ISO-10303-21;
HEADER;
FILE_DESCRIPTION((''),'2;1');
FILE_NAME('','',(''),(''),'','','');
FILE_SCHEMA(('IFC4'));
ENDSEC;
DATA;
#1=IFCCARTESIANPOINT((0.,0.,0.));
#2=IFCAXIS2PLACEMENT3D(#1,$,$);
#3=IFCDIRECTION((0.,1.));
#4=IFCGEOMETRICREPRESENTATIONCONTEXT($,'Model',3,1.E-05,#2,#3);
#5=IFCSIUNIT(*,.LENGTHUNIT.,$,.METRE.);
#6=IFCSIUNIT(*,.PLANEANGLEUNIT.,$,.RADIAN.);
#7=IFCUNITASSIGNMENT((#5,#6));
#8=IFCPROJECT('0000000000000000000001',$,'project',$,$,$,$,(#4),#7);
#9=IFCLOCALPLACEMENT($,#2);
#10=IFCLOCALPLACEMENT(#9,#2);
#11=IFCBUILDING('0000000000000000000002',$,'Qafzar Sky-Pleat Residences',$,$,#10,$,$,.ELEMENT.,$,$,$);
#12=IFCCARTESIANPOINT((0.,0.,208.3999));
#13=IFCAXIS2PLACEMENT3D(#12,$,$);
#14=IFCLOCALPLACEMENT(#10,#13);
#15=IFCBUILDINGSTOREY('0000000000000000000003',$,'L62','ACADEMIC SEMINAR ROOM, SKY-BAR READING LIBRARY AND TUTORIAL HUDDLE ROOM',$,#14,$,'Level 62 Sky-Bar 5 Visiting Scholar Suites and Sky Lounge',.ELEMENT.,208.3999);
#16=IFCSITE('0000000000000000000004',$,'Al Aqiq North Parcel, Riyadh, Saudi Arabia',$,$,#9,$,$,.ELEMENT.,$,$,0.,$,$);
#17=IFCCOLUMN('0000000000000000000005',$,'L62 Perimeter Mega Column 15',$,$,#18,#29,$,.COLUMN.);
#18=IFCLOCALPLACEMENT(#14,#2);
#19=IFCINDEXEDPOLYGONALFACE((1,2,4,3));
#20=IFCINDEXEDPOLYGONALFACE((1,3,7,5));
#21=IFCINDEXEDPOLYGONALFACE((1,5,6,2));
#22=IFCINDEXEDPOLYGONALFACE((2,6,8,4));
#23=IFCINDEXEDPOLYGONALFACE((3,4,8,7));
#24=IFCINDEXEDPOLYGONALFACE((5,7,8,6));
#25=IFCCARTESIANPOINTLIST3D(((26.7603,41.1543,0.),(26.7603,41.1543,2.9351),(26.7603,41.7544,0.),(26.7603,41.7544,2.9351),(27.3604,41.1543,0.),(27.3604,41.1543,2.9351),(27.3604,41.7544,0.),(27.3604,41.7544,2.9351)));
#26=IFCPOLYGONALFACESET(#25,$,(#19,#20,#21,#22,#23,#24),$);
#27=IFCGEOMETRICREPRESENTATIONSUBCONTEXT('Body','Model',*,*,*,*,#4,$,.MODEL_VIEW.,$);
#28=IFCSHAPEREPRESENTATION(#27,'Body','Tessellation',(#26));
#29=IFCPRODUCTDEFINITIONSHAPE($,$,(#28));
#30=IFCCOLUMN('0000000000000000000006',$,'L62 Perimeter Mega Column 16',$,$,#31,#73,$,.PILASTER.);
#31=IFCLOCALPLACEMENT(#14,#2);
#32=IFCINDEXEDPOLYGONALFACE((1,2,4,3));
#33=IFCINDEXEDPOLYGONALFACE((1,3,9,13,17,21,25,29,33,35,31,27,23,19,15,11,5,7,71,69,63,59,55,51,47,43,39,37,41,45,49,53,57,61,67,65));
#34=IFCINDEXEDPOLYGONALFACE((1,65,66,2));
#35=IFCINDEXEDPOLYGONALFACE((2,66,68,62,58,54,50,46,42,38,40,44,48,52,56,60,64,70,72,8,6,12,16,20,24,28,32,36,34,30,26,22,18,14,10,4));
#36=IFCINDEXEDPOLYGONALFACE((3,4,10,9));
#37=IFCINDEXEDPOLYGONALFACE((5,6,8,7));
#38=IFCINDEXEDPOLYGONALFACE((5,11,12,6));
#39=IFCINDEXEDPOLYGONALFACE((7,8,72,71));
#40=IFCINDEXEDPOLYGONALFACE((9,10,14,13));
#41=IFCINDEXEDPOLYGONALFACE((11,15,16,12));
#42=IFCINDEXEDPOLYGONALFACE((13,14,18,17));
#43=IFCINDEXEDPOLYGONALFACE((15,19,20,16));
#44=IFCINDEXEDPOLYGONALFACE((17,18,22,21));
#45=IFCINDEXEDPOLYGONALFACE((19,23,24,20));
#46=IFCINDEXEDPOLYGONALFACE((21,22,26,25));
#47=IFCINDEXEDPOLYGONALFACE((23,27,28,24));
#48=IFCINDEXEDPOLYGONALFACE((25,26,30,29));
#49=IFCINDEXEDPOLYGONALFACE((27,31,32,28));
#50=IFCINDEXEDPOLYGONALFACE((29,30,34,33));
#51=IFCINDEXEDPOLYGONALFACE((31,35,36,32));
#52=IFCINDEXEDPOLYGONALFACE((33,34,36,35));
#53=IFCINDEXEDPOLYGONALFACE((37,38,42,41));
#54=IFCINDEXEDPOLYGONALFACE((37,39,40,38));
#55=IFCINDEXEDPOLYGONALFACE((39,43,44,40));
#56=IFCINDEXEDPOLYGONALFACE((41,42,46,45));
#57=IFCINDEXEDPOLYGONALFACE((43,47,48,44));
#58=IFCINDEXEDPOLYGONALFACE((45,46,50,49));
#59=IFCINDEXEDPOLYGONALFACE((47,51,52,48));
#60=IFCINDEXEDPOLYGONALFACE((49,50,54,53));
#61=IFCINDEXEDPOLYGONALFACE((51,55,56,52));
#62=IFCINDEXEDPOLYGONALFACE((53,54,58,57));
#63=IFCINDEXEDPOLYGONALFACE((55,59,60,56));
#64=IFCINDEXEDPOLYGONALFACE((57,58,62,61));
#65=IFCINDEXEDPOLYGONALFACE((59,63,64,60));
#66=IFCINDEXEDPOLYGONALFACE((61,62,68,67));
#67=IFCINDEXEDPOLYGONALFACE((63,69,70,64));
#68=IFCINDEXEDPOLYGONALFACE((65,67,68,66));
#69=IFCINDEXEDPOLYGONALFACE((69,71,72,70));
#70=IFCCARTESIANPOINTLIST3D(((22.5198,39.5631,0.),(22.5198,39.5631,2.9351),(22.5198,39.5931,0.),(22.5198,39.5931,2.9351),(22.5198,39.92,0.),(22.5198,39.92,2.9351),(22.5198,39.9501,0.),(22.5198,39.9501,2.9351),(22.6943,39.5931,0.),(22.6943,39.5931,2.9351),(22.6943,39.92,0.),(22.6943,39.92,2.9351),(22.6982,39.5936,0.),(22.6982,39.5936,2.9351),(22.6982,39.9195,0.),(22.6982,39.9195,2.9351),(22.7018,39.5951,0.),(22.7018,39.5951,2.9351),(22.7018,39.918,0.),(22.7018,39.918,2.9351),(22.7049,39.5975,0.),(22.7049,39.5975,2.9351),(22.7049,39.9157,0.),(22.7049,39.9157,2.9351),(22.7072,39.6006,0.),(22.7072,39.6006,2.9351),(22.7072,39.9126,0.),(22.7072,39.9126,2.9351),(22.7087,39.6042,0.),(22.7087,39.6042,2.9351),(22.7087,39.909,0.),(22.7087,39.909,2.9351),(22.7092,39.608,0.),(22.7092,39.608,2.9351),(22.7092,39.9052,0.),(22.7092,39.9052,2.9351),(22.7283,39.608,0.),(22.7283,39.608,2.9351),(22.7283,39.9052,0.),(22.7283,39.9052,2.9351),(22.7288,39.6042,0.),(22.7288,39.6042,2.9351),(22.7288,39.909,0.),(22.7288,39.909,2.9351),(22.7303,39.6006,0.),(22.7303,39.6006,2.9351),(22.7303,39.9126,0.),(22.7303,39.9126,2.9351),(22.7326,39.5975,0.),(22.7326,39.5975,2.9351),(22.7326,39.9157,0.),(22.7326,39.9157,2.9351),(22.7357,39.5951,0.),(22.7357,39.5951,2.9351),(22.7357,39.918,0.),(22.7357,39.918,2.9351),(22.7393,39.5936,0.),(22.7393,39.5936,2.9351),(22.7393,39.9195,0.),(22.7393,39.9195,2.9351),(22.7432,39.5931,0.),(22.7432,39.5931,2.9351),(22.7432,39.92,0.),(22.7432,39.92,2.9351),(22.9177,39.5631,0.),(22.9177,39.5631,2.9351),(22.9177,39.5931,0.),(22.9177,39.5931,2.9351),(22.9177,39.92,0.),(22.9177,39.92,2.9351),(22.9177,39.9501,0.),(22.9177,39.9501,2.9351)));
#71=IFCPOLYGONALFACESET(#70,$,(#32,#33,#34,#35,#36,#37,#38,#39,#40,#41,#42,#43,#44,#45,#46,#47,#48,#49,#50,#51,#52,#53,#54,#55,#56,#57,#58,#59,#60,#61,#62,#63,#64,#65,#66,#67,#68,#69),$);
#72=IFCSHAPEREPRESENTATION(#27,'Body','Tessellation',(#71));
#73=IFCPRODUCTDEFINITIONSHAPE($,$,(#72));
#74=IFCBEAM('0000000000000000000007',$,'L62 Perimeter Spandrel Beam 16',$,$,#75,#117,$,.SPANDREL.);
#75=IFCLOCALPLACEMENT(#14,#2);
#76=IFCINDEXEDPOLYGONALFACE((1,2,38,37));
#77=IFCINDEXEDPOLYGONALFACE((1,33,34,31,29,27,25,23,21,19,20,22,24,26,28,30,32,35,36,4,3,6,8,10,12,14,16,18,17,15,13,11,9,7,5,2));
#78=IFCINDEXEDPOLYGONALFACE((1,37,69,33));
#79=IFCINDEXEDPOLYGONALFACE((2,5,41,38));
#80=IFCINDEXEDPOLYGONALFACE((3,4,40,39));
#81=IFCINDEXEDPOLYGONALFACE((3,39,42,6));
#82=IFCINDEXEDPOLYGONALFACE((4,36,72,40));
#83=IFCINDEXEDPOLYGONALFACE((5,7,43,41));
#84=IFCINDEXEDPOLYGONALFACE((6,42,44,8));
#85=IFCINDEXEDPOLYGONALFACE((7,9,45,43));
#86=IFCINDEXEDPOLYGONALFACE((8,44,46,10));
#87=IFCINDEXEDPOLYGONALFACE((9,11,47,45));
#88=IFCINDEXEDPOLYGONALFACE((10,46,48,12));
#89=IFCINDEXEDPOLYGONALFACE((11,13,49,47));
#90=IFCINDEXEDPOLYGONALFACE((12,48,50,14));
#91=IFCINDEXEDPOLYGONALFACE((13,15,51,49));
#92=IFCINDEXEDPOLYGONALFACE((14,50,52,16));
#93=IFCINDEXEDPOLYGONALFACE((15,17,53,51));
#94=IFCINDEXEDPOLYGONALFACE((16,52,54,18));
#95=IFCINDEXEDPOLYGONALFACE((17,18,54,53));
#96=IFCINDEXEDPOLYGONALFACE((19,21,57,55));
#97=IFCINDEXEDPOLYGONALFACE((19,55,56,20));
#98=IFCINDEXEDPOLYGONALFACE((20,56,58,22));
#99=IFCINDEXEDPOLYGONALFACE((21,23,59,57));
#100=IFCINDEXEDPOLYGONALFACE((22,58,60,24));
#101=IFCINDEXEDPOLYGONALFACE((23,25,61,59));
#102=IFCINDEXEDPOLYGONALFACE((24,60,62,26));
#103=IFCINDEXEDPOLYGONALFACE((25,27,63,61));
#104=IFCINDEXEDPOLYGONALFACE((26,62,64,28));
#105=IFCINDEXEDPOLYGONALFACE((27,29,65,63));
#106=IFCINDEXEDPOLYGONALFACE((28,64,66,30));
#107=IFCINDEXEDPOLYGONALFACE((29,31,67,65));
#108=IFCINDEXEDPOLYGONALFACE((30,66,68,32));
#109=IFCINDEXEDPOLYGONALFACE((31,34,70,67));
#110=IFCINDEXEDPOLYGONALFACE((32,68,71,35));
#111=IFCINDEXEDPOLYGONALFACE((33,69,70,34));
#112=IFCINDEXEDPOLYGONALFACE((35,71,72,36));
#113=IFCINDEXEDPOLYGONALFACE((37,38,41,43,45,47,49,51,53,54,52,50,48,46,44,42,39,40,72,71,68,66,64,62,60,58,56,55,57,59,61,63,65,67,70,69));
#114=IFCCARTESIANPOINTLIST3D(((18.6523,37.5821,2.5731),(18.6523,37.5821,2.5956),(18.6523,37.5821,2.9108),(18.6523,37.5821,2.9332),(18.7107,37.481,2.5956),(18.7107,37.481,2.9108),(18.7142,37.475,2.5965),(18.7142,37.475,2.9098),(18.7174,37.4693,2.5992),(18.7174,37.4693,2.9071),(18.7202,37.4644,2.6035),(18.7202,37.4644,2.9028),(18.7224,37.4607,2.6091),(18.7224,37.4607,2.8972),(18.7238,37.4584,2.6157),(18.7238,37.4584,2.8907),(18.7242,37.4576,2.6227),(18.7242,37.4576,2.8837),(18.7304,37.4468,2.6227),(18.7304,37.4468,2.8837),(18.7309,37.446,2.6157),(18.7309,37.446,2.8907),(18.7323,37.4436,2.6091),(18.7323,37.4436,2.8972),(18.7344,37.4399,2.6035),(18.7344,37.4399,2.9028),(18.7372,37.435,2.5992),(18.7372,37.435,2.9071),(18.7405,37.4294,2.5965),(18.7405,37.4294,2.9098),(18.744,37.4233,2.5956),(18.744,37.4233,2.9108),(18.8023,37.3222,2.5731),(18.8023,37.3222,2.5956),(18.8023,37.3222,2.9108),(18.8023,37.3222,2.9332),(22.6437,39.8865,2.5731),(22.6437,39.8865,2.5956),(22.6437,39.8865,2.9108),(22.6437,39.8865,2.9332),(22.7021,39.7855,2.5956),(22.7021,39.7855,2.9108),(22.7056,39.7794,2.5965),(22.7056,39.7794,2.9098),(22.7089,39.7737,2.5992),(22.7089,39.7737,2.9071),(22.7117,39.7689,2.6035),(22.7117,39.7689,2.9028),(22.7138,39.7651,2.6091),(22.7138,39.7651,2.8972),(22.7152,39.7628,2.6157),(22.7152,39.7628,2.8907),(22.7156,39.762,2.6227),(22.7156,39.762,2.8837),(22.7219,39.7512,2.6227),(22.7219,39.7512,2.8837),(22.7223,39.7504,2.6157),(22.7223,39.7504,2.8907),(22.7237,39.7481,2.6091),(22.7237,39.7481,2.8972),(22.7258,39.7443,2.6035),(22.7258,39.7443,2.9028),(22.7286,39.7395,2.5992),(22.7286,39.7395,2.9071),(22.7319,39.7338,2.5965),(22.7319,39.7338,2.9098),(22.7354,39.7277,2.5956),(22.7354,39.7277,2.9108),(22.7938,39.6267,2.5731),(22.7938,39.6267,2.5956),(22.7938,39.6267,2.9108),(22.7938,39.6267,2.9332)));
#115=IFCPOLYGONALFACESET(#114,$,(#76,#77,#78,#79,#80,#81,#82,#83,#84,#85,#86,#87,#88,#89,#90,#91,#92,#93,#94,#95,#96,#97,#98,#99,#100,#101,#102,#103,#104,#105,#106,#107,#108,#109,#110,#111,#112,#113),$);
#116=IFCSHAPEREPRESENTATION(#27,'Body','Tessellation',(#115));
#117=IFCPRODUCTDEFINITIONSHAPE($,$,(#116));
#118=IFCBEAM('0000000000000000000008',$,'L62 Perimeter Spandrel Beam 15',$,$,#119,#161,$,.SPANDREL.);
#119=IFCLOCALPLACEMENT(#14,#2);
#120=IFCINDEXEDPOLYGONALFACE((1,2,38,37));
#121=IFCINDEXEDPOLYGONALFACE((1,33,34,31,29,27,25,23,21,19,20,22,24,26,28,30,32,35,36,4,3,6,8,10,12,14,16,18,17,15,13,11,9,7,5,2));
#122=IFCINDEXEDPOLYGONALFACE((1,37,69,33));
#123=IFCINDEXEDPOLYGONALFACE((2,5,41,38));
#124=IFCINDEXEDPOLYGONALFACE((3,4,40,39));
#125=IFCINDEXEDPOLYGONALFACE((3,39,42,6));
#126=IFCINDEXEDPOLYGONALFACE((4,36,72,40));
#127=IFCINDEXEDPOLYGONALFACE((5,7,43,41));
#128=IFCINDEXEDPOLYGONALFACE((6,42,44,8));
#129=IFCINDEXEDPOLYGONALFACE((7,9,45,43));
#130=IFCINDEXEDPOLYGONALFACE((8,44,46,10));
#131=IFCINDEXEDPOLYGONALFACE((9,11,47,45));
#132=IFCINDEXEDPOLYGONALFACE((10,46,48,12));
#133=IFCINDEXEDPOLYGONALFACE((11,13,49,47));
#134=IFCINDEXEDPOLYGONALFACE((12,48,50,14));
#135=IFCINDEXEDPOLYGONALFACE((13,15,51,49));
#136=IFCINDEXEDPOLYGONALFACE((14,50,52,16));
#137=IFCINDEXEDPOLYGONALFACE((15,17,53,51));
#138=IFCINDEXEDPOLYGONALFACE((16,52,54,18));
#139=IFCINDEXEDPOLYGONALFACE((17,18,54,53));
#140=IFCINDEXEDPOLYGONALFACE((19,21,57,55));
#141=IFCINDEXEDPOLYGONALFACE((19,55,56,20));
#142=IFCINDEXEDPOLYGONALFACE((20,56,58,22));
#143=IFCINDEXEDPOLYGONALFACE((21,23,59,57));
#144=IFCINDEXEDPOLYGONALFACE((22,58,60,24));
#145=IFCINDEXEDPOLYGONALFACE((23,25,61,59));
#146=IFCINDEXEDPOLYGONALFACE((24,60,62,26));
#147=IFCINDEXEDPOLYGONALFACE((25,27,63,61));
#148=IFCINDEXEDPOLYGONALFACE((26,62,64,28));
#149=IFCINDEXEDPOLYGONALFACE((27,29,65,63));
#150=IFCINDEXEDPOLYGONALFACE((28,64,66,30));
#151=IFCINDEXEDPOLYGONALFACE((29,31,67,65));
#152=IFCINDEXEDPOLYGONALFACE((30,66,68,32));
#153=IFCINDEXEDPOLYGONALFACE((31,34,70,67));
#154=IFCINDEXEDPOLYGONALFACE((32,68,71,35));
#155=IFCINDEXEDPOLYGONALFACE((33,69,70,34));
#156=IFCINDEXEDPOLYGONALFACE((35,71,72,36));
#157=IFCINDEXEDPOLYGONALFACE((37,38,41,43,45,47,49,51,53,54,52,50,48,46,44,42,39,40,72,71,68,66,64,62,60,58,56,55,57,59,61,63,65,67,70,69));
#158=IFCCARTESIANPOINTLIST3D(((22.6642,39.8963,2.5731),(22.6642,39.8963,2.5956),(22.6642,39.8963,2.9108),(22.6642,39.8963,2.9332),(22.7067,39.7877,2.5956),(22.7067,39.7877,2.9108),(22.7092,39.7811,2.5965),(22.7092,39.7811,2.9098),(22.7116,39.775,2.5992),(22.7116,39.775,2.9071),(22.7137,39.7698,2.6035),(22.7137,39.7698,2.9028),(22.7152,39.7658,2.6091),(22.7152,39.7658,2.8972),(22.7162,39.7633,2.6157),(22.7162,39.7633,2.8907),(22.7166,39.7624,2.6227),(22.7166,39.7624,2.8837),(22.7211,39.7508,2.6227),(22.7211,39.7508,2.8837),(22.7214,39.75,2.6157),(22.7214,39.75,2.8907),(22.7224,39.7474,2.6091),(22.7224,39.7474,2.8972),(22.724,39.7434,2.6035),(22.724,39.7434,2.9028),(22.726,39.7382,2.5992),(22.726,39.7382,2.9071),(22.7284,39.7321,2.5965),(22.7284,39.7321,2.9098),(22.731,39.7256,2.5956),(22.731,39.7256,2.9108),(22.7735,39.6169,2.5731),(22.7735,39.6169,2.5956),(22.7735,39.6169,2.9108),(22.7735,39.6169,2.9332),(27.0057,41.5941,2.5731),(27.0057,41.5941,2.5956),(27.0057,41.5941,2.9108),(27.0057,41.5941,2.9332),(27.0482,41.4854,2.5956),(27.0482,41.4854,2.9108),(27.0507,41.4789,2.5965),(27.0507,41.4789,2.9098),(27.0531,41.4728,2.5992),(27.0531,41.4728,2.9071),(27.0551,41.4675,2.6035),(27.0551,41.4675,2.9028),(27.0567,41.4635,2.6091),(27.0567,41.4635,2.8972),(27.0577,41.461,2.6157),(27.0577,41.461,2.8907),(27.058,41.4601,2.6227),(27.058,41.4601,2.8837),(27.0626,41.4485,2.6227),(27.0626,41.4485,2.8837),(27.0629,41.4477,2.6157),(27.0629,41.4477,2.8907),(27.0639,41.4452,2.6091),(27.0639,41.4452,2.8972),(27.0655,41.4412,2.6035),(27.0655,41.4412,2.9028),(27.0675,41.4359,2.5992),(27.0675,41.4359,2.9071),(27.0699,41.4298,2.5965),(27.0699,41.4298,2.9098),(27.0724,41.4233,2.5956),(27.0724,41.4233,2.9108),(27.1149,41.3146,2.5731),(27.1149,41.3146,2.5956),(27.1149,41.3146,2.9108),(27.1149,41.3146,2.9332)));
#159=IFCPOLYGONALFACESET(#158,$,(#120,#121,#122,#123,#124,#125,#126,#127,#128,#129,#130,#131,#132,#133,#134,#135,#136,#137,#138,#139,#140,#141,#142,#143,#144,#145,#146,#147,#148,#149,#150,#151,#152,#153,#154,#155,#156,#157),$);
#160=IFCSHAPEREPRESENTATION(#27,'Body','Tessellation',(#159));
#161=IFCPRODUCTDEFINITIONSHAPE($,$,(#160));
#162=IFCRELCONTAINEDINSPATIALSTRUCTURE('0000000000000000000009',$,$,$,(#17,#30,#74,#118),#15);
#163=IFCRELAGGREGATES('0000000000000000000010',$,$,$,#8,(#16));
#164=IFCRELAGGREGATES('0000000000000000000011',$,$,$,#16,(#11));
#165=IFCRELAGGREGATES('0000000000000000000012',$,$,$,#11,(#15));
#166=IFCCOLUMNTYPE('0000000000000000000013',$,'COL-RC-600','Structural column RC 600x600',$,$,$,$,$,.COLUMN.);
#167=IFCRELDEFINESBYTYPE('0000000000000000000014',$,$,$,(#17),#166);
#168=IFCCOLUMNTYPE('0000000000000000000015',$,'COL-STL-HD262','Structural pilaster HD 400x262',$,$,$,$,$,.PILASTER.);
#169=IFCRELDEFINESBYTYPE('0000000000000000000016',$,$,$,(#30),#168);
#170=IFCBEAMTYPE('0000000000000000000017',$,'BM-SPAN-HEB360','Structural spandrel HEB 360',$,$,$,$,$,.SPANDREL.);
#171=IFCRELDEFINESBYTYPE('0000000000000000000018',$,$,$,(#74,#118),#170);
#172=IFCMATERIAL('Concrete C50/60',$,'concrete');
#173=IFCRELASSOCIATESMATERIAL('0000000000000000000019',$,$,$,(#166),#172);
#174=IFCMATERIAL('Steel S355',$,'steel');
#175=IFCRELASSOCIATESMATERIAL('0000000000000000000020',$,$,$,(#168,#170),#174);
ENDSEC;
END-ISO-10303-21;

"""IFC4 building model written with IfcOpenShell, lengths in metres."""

from ifc_helpers import new_model, si_unit, direction, frame, origin, origin_2d, place, context, subcontext, project, spatial, rectangle, i_section, extrude, source, transform, mapped, material, material_profile, profile_set, type_object, element, save


model = new_model("IFC4")

# Units and contexts
model_context = context("Model", 3, precision=1e-05, world=origin(), true_north=direction((0.0, 1.0)))
body_context = subcontext(model_context, "Body", "Model", "MODEL_VIEW")
ifc_project = project(units=[si_unit("LENGTHUNIT", "METRE"), si_unit("PLANEANGLEUNIT", "RADIAN")], contexts=[model_context])

# Site, building, storey
site_placement = place(None, origin())
site = spatial("IfcSite", under=ifc_project, at=site_placement, Name="Al Aqiq North Parcel, Riyadh, Saudi Arabia", CompositionType="ELEMENT", RefElevation=0.0)
building_placement = place(site_placement, origin())
building = spatial("IfcBuilding", under=site, at=building_placement, Name="Qafzar Sky-Pleat Residences", CompositionType="ELEMENT")
storey_placement = place(building_placement, frame((0.0, 0.0, 208.3999)))
storey = spatial("IfcBuildingStorey", under=building, at=storey_placement, Name="L62", Description="ACADEMIC SEMINAR ROOM, SKY-BAR READING LIBRARY AND TUTORIAL HUDDLE ROOM", LongName="Level 62 Sky-Bar 5 Visiting Scholar Suites and Sky Lounge", CompositionType="ELEMENT", Elevation=208.3999)

# Columns
ifc_material_1 = material(Name="Concrete C50/60", Category="concrete")
ifc_material_profile_1 = material_profile(ifc_material_1, rectangle(XDim=0.6001, YDim=0.6001, at=origin_2d()), Name="RC 600x600")
ifc_profile_set_1 = profile_set([ifc_material_profile_1], Name="Concrete C50/60")
column_type_1 = type_object("IfcColumnType", Name="COL-RC-600", Description="Structural column RC 600x600", PredefinedType="COLUMN", material=ifc_profile_set_1)
shared_shape_1 = source(origin(), body_context, "Body", "SweptSolid", [
    extrude(rectangle(XDim=0.6001, YDim=0.6001, at=origin_2d()), origin(), (0.0, 0.0, 1.0), 2.9351),
])
column_1_placement = place(storey_placement, frame((27.0603, 41.4543, 0.0), z_axis=(0.0, 0.0, 1.0), x_axis=(1.0, 0.0, 0.0)))
element("IfcColumn", 1, at=column_1_placement, inside=storey, type_object=column_type_1, Name="L62 Perimeter Mega Column 15", PredefinedType="COLUMN", context=body_context, shape_type="MappedRepresentation", body=[
    mapped(shared_shape_1, transform((0.0, 0.0, 0.0), x_axis=(1.0, 0.0, 0.0), y_axis=(0.0, 1.0, 0.0), z_axis=(0.0, 0.0, 1.0), scale=1.0)),
])
ifc_material_2 = material(Name="Steel S355", Category="steel")
ifc_material_profile_2 = material_profile(ifc_material_2, i_section(OverallWidth=0.3979, OverallDepth=0.387, WebThickness=0.019, FlangeThickness=0.03, FilletRadius=0.0149, at=origin_2d()), Name="HD 400x262")
ifc_profile_set_2 = profile_set([ifc_material_profile_2], Name="Steel S355")
column_type_2 = type_object("IfcColumnType", Name="COL-STL-HD262", Description="Structural pilaster HD 400x262", PredefinedType="PILASTER", material=ifc_profile_set_2)
shared_shape_2 = source(origin(), body_context, "Body", "SweptSolid", [
    extrude(i_section(OverallWidth=0.3979, OverallDepth=0.387, WebThickness=0.019, FlangeThickness=0.03, FilletRadius=0.0149, at=origin_2d()), origin(), (0.0, 0.0, 1.0), 2.9351),
])
column_2_placement = place(storey_placement, frame((22.7188, 39.7566, 0.0), z_axis=(0.0, 0.0, 1.0), x_axis=(1.0, 0.0, 0.0)))
element("IfcColumn", 2, at=column_2_placement, inside=storey, type_object=column_type_2, Name="L62 Perimeter Mega Column 16", PredefinedType="PILASTER", context=body_context, shape_type="MappedRepresentation", body=[
    mapped(shared_shape_2, transform((0.0, 0.0, 0.0), x_axis=(1.0, 0.0, 0.0), y_axis=(0.0, 1.0, 0.0), z_axis=(0.0, 0.0, 1.0), scale=1.0)),
])

# Beams
ifc_material_profile_3 = material_profile(ifc_material_2, i_section(OverallWidth=0.3, OverallDepth=0.3601, WebThickness=0.0125, FlangeThickness=0.0225, FilletRadius=0.0271, at=origin_2d()), Name="HEB 360")
ifc_profile_set_3 = profile_set([ifc_material_profile_3], Name="Steel S355")
beam_type_1 = type_object("IfcBeamType", Name="BM-SPAN-HEB360", Description="Structural spandrel HEB 360", PredefinedType="SPANDREL", material=ifc_profile_set_3)
shared_shape_3 = source(origin(), body_context, "Body", "SweptSolid", [
    extrude(i_section(OverallWidth=0.3, OverallDepth=0.3601, WebThickness=0.0125, FlangeThickness=0.0225, FilletRadius=0.0271, at=origin_2d()), origin(), (0.0, 0.0, 1.0), 4.6089),
])
beam_1_placement = place(storey_placement, frame((22.7188, 39.7566, 2.7532), z_axis=(-0.866028, -0.499996, 0.0), x_axis=(0.499996, -0.866028, 0.0)))
element("IfcBeam", 3, at=beam_1_placement, inside=storey, type_object=beam_type_1, Name="L62 Perimeter Spandrel Beam 16", PredefinedType="SPANDREL", context=body_context, shape_type="MappedRepresentation", body=[
    mapped(shared_shape_3, transform((0.0, 0.0, 0.0), x_axis=(1.0, 0.0, 0.0), y_axis=(0.0, 1.0, 0.0), z_axis=(0.0, 0.0, 1.0), scale=1.0)),
])
shared_shape_4 = source(origin(), body_context, "Body", "SweptSolid", [
    extrude(i_section(OverallWidth=0.3, OverallDepth=0.3601, WebThickness=0.0125, FlangeThickness=0.0225, FilletRadius=0.0271, at=origin_2d()), origin(), (0.0, 0.0, 1.0), 4.6616),
])
beam_2_placement = place(storey_placement, frame((27.0603, 41.4543, 2.7532), z_axis=(-0.931324, -0.364192, 0.0), x_axis=(0.364192, -0.931324, 0.0)))
element("IfcBeam", 4, at=beam_2_placement, inside=storey, type_object=beam_type_1, Name="L62 Perimeter Spandrel Beam 15", PredefinedType="SPANDREL", context=body_context, shape_type="MappedRepresentation", body=[
    mapped(shared_shape_4, transform((0.0, 0.0, 0.0), x_axis=(1.0, 0.0, 0.0), y_axis=(0.0, 1.0, 0.0), z_axis=(0.0, 0.0, 1.0), scale=1.0)),
])

save(model, "model.ifc")
